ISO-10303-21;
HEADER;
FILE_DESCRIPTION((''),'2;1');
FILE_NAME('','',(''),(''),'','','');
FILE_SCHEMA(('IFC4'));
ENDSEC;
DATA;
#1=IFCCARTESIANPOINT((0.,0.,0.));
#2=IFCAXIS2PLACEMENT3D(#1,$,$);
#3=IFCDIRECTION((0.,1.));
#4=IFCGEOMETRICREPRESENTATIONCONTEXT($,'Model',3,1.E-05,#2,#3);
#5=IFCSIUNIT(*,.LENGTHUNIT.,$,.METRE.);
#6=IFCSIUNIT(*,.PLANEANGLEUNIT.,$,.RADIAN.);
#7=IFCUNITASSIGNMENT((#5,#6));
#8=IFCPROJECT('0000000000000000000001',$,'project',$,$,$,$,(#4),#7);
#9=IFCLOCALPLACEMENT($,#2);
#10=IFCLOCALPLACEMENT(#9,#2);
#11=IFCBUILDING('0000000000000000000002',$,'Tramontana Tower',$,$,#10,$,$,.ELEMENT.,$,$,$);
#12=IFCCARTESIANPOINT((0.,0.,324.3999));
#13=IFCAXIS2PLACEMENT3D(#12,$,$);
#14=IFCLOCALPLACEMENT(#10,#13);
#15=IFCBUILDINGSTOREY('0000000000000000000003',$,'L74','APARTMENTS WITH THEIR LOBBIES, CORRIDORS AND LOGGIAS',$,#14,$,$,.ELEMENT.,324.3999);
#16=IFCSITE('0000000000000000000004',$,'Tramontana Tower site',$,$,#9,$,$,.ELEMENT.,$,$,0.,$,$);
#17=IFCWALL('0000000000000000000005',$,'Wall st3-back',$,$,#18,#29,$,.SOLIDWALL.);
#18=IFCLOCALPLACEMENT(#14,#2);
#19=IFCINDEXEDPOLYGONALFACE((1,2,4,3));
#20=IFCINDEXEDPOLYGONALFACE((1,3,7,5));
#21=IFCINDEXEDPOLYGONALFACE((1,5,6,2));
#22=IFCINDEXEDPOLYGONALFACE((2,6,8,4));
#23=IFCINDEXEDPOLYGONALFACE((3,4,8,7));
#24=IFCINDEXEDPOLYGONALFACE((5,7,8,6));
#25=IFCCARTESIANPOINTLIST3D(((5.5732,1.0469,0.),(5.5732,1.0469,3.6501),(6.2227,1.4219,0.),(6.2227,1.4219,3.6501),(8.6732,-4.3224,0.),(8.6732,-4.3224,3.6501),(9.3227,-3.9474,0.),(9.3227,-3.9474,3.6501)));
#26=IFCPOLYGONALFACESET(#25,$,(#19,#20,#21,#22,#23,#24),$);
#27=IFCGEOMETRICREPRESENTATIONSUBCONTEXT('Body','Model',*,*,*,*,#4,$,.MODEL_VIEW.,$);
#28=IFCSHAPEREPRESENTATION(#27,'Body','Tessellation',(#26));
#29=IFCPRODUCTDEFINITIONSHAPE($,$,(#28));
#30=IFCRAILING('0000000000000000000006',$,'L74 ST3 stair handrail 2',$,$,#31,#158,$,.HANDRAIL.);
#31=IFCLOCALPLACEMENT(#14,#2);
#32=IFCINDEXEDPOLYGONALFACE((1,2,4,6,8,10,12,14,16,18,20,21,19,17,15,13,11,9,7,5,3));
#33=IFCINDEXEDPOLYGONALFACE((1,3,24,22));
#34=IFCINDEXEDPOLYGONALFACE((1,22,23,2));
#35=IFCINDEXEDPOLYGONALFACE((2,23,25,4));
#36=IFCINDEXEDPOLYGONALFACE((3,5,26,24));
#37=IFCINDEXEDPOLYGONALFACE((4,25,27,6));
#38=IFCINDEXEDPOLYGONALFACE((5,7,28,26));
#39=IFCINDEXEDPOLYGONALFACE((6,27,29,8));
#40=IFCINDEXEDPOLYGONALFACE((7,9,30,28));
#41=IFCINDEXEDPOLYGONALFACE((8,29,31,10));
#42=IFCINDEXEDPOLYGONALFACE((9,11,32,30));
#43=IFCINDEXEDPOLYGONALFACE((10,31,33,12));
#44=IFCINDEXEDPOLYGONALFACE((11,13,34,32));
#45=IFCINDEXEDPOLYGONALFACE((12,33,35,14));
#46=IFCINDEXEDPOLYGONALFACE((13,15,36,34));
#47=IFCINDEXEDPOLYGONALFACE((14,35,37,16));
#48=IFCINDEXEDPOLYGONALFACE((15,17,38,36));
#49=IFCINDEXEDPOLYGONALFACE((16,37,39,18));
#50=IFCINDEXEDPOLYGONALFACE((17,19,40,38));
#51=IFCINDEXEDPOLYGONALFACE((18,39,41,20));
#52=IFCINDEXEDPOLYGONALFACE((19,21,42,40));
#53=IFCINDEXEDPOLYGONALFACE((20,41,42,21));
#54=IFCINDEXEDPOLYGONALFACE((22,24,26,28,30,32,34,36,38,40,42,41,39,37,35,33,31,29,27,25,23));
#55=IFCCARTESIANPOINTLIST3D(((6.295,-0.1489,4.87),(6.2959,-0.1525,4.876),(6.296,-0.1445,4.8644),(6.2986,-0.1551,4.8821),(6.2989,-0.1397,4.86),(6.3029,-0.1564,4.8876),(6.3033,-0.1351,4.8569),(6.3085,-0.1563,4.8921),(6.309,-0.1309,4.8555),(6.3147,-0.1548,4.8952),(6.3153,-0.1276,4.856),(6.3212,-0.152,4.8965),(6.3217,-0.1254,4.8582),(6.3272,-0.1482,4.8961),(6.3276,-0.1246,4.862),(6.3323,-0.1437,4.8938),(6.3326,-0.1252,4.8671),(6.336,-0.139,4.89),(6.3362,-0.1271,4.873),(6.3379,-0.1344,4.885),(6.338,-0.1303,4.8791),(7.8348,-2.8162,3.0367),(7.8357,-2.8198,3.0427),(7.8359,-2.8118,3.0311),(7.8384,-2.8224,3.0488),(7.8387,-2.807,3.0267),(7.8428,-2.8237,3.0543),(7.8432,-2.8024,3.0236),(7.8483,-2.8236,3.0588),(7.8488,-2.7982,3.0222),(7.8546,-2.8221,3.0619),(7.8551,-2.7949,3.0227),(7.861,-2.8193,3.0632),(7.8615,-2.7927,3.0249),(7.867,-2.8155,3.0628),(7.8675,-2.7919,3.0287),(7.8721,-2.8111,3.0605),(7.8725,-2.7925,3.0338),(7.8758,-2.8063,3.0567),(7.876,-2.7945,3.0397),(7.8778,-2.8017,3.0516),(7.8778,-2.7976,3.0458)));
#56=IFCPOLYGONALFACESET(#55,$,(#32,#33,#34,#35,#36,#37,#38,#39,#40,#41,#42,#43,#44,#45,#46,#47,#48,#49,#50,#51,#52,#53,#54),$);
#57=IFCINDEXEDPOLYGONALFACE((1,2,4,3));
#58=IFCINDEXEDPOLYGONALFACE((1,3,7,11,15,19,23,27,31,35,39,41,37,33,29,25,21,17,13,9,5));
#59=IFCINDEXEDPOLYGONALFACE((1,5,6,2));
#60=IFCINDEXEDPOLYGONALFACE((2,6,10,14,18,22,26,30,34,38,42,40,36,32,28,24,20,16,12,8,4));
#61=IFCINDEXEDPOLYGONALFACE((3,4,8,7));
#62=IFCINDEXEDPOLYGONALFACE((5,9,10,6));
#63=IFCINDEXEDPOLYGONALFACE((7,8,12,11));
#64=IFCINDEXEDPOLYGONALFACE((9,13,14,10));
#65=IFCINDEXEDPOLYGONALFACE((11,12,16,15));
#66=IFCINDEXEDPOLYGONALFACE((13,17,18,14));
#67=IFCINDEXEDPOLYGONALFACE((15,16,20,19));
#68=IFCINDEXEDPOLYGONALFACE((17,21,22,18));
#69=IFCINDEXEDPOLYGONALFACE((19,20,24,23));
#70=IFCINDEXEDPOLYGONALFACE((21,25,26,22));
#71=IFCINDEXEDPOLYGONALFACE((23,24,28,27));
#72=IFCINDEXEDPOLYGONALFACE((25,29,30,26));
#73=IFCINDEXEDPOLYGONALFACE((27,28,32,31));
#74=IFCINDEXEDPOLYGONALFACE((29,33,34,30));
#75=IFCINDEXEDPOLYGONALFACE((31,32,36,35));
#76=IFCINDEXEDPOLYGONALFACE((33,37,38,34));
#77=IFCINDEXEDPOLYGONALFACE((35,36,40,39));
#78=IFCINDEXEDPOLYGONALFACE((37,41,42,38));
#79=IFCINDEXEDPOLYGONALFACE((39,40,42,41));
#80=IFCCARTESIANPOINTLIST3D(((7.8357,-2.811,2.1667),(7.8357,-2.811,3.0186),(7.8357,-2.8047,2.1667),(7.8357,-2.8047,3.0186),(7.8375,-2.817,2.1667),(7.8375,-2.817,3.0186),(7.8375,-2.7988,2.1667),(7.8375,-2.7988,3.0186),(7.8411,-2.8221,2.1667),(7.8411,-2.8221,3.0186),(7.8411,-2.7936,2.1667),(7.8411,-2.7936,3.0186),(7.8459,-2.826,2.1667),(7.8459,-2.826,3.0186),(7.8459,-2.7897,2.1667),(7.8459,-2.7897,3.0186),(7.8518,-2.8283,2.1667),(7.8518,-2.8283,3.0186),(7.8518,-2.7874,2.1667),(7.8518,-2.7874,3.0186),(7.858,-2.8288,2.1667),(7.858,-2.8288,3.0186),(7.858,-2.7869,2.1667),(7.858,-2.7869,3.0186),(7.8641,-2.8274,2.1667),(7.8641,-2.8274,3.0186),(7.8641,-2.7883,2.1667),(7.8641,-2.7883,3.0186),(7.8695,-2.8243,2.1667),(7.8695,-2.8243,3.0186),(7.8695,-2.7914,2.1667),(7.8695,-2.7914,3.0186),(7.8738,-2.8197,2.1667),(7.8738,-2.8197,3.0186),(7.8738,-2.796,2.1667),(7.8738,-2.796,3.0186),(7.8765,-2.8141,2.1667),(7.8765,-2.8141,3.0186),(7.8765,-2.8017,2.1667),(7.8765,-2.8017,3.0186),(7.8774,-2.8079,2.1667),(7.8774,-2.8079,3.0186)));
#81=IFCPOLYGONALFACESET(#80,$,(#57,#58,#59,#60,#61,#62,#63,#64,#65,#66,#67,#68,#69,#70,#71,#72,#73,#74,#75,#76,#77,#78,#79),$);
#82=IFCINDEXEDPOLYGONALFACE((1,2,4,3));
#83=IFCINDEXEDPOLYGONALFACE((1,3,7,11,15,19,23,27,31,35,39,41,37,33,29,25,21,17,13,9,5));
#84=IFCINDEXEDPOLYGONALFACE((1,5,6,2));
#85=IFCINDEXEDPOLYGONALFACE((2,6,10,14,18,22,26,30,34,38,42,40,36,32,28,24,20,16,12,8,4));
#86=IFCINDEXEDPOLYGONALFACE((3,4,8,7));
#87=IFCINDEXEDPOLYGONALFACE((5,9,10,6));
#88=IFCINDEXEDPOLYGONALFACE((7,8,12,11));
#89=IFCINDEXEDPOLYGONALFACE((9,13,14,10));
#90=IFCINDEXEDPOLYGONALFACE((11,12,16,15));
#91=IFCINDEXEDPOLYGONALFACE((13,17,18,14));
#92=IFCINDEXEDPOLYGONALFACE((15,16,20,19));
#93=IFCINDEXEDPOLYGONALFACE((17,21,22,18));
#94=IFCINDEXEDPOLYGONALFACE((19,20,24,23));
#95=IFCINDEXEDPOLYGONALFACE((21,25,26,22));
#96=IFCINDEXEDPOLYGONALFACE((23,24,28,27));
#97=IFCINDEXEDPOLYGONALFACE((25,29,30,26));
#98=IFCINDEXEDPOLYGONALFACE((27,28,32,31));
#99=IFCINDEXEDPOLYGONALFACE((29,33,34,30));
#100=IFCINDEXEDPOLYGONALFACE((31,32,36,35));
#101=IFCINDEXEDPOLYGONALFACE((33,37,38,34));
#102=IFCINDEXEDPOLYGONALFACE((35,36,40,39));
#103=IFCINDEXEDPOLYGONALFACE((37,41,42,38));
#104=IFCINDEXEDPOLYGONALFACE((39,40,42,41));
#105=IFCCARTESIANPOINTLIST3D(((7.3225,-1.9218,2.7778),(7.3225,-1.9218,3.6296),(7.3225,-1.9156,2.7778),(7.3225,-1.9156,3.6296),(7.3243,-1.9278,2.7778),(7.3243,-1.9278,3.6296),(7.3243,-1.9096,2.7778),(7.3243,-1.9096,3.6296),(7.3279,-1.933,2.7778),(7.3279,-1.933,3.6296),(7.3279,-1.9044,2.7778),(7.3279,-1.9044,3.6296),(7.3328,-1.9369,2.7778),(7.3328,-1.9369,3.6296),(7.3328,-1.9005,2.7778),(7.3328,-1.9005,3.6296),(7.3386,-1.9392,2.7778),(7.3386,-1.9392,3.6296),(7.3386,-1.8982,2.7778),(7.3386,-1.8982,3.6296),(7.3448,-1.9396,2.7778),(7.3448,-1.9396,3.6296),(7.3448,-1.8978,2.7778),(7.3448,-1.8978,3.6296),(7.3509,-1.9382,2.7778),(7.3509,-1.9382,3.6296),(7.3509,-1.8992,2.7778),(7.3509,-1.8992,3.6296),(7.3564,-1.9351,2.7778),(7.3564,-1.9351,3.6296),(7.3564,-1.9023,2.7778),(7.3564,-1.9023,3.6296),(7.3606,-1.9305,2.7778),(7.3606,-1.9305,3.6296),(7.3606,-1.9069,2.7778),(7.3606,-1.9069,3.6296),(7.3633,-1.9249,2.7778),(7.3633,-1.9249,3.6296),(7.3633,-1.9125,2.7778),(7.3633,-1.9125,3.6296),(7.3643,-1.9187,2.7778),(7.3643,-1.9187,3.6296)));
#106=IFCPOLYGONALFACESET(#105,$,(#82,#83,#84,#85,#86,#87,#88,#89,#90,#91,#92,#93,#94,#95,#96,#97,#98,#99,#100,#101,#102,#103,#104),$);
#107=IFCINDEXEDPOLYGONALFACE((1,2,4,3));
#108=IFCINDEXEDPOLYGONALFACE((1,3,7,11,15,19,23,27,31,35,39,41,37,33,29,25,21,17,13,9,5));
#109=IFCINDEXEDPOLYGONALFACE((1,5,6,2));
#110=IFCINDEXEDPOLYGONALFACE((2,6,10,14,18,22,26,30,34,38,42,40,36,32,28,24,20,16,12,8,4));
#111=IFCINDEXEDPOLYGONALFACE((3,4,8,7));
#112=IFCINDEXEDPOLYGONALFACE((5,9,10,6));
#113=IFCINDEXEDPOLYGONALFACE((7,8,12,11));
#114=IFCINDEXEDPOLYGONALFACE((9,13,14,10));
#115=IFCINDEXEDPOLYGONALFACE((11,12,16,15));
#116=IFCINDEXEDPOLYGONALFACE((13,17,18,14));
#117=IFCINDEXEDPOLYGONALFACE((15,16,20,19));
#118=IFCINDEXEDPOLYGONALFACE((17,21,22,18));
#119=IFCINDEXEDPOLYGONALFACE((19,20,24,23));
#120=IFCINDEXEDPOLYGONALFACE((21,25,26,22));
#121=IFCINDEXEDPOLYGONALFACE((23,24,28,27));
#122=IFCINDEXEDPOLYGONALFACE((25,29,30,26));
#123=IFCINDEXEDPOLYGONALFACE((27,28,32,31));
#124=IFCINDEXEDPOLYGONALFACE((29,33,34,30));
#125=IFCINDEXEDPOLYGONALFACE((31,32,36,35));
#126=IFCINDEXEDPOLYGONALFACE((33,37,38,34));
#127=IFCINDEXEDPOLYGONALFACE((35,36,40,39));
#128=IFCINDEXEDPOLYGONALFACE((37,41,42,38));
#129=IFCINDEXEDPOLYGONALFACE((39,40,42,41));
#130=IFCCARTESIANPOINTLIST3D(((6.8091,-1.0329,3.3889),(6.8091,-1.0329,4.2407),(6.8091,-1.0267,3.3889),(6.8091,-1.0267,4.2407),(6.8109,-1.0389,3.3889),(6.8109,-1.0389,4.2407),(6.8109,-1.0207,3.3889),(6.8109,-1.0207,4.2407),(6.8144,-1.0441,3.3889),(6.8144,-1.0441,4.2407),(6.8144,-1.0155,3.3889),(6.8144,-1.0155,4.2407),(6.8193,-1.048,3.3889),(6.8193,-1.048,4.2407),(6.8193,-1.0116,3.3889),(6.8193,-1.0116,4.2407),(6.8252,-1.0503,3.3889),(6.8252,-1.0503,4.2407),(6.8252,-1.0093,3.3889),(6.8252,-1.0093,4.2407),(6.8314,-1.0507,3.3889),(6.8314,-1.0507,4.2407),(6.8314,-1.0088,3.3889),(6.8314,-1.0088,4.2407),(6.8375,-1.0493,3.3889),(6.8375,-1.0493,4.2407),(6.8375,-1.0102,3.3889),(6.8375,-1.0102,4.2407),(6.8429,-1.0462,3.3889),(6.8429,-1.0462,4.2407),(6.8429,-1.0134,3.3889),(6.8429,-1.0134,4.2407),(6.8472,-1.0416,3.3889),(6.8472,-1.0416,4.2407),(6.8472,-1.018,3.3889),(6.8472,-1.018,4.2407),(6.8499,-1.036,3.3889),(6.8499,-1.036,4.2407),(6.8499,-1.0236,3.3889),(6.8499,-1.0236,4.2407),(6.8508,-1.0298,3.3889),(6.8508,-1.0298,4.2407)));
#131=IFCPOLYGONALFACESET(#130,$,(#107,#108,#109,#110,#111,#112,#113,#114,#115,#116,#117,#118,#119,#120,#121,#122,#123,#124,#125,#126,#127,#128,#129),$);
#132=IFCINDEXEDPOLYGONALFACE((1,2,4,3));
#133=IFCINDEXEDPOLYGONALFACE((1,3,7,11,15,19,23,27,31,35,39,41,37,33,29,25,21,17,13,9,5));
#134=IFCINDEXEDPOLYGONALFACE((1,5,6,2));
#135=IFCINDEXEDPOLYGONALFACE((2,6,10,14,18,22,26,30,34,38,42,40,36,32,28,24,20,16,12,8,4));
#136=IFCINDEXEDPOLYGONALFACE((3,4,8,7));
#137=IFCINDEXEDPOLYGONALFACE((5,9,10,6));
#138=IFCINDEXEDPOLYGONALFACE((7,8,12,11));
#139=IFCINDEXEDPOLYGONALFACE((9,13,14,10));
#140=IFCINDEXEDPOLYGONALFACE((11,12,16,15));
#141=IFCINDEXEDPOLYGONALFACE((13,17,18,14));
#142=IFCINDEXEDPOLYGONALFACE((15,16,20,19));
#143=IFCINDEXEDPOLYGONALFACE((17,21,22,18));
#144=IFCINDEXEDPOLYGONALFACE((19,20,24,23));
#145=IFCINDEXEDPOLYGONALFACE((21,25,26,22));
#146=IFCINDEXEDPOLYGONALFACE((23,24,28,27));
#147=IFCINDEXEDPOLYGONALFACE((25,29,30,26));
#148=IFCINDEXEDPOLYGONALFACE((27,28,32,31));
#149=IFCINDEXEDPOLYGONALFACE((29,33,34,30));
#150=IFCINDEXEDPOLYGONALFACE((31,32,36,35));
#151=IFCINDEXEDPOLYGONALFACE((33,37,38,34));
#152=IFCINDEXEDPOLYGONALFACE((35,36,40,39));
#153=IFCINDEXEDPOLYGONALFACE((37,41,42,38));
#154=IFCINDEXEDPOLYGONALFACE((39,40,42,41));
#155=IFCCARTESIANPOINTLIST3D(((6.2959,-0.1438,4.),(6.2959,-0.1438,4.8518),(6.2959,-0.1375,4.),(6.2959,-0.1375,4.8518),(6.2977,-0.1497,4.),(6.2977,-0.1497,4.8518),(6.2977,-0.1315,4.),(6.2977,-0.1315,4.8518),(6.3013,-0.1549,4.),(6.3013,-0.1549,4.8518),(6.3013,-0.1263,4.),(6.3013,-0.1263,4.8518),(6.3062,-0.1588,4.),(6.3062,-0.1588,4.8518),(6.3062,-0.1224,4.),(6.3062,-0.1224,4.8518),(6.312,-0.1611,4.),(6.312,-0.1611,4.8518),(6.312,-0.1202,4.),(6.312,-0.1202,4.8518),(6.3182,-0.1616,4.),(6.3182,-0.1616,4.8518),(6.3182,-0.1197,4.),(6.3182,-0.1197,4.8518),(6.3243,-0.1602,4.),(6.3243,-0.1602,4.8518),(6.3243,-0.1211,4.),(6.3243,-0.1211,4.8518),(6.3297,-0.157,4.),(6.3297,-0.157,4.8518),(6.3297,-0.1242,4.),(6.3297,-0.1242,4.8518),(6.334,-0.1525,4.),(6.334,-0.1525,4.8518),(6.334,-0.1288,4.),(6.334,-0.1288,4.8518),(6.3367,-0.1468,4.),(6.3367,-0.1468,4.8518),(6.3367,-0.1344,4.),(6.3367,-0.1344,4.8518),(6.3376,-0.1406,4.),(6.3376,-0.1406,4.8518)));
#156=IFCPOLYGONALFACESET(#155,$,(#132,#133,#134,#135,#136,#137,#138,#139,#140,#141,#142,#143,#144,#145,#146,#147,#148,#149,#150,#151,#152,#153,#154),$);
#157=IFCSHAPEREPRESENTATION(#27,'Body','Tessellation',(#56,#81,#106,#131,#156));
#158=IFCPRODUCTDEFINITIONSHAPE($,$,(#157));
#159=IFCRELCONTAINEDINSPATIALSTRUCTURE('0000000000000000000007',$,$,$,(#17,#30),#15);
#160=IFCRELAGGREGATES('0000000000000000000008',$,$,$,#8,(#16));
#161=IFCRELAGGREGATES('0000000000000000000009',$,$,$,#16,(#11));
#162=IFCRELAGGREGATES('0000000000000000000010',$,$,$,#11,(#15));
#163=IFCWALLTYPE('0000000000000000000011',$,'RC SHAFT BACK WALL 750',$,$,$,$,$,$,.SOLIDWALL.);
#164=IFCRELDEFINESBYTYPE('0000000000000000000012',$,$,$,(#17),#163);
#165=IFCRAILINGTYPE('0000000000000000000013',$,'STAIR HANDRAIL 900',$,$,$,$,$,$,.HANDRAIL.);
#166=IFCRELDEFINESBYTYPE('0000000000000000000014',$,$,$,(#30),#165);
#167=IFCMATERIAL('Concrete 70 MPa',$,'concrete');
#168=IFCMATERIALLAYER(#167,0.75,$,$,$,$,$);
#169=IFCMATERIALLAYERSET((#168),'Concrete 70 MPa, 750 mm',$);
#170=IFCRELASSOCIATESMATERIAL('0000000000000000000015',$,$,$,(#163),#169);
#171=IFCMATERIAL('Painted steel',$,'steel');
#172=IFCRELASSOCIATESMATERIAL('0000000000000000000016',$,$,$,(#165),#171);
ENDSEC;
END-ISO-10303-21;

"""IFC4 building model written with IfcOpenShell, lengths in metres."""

from ifc_helpers import new_model, si_unit, direction, frame, frame_2d, origin, origin_2d, place, context, subcontext, project, spatial, rectangle, circle, extrude, material, layer, layer_set, type_object, element, save


model = new_model("IFC4")

# Units and contexts
model_context = context("Model", 3, precision=1e-05, world=origin(), true_north=direction((0.0, 1.0)))
body_context = subcontext(model_context, "Body", "Model", "MODEL_VIEW")
ifc_project = project(units=[si_unit("LENGTHUNIT", "METRE"), si_unit("PLANEANGLEUNIT", "RADIAN")], contexts=[model_context])

# Site, building, storey
site_placement = place(None, origin())
site = spatial("IfcSite", under=ifc_project, at=site_placement, Name="Tramontana Tower site", CompositionType="ELEMENT", RefElevation=0.0)
building_placement = place(site_placement, origin())
building = spatial("IfcBuilding", under=site, at=building_placement, Name="Tramontana Tower", CompositionType="ELEMENT")
storey_placement = place(building_placement, frame((0.0, 0.0, 324.3999)))
storey = spatial("IfcBuildingStorey", under=building, at=storey_placement, Name="L74", Description="APARTMENTS WITH THEIR LOBBIES, CORRIDORS AND LOGGIAS", CompositionType="ELEMENT", Elevation=324.3999)

# Wall
ifc_material_1 = material(Name="Concrete 70 MPa", Category="concrete")
ifc_layer_1 = layer(ifc_material_1, 0.75)
ifc_layer_set_1 = layer_set([ifc_layer_1], Name="Concrete 70 MPa, 750 mm")
wall_type_1 = type_object("IfcWallType", Name="RC SHAFT BACK WALL 750", PredefinedType="SOLIDWALL", material=ifc_layer_set_1)
wall_1_placement = place(storey_placement, frame((8.998, -4.135, 0.0), z_axis=(0.0, 0.0, 1.0), x_axis=(-0.50001, 0.86602, 0.0)))
element("IfcWall", 1, at=wall_1_placement, inside=storey, type_object=wall_type_1, Name="Wall st3-back", PredefinedType="SOLIDWALL", context=body_context, shape_type="SweptSolid", body=[
    extrude(rectangle(XDim=6.2, YDim=0.75, at=frame_2d((3.1001, 0.0))), origin(), (0.0, 0.0, 1.0), 3.6501),
])

# Railing
ifc_material_2 = material(Name="Painted steel", Category="steel")
railing_type = type_object("IfcRailingType", Name="STAIR HANDRAIL 900", PredefinedType="HANDRAIL", material=ifc_material_2)
railing_placement = place(storey_placement, frame((7.8564, -2.8079, 2.1667)))
element("IfcRailing", 2, at=railing_placement, inside=storey, type_object=railing_type, Name="L74 ST3 stair handrail 2", PredefinedType="HANDRAIL", context=body_context, shape_type="SweptSolid", body=[
    extrude(circle(Radius=0.0239, at=origin_2d()), frame((0.0, 0.0, 0.876), z_axis=(-0.429616, 0.744181, 0.511493), x_axis=(-0.866044, -0.499967, 0.0)), (0.0, 0.0, 1.0), 3.5842),
    extrude(circle(Radius=0.021, at=origin_2d()), origin(), (0.0, 0.0, 1.0), 0.8518),
    extrude(circle(Radius=0.021, at=origin_2d()), frame((-0.5132, 0.8892, 0.6111)), (0.0, 0.0, 1.0), 0.8518),
    extrude(circle(Radius=0.021, at=origin_2d()), frame((-1.0266, 1.7781, 1.2222)), (0.0, 0.0, 1.0), 0.8518),
    extrude(circle(Radius=0.021, at=origin_2d()), frame((-1.5398, 2.6672, 1.8333)), (0.0, 0.0, 1.0), 0.8518),
])

save(model, "model.ifc")
